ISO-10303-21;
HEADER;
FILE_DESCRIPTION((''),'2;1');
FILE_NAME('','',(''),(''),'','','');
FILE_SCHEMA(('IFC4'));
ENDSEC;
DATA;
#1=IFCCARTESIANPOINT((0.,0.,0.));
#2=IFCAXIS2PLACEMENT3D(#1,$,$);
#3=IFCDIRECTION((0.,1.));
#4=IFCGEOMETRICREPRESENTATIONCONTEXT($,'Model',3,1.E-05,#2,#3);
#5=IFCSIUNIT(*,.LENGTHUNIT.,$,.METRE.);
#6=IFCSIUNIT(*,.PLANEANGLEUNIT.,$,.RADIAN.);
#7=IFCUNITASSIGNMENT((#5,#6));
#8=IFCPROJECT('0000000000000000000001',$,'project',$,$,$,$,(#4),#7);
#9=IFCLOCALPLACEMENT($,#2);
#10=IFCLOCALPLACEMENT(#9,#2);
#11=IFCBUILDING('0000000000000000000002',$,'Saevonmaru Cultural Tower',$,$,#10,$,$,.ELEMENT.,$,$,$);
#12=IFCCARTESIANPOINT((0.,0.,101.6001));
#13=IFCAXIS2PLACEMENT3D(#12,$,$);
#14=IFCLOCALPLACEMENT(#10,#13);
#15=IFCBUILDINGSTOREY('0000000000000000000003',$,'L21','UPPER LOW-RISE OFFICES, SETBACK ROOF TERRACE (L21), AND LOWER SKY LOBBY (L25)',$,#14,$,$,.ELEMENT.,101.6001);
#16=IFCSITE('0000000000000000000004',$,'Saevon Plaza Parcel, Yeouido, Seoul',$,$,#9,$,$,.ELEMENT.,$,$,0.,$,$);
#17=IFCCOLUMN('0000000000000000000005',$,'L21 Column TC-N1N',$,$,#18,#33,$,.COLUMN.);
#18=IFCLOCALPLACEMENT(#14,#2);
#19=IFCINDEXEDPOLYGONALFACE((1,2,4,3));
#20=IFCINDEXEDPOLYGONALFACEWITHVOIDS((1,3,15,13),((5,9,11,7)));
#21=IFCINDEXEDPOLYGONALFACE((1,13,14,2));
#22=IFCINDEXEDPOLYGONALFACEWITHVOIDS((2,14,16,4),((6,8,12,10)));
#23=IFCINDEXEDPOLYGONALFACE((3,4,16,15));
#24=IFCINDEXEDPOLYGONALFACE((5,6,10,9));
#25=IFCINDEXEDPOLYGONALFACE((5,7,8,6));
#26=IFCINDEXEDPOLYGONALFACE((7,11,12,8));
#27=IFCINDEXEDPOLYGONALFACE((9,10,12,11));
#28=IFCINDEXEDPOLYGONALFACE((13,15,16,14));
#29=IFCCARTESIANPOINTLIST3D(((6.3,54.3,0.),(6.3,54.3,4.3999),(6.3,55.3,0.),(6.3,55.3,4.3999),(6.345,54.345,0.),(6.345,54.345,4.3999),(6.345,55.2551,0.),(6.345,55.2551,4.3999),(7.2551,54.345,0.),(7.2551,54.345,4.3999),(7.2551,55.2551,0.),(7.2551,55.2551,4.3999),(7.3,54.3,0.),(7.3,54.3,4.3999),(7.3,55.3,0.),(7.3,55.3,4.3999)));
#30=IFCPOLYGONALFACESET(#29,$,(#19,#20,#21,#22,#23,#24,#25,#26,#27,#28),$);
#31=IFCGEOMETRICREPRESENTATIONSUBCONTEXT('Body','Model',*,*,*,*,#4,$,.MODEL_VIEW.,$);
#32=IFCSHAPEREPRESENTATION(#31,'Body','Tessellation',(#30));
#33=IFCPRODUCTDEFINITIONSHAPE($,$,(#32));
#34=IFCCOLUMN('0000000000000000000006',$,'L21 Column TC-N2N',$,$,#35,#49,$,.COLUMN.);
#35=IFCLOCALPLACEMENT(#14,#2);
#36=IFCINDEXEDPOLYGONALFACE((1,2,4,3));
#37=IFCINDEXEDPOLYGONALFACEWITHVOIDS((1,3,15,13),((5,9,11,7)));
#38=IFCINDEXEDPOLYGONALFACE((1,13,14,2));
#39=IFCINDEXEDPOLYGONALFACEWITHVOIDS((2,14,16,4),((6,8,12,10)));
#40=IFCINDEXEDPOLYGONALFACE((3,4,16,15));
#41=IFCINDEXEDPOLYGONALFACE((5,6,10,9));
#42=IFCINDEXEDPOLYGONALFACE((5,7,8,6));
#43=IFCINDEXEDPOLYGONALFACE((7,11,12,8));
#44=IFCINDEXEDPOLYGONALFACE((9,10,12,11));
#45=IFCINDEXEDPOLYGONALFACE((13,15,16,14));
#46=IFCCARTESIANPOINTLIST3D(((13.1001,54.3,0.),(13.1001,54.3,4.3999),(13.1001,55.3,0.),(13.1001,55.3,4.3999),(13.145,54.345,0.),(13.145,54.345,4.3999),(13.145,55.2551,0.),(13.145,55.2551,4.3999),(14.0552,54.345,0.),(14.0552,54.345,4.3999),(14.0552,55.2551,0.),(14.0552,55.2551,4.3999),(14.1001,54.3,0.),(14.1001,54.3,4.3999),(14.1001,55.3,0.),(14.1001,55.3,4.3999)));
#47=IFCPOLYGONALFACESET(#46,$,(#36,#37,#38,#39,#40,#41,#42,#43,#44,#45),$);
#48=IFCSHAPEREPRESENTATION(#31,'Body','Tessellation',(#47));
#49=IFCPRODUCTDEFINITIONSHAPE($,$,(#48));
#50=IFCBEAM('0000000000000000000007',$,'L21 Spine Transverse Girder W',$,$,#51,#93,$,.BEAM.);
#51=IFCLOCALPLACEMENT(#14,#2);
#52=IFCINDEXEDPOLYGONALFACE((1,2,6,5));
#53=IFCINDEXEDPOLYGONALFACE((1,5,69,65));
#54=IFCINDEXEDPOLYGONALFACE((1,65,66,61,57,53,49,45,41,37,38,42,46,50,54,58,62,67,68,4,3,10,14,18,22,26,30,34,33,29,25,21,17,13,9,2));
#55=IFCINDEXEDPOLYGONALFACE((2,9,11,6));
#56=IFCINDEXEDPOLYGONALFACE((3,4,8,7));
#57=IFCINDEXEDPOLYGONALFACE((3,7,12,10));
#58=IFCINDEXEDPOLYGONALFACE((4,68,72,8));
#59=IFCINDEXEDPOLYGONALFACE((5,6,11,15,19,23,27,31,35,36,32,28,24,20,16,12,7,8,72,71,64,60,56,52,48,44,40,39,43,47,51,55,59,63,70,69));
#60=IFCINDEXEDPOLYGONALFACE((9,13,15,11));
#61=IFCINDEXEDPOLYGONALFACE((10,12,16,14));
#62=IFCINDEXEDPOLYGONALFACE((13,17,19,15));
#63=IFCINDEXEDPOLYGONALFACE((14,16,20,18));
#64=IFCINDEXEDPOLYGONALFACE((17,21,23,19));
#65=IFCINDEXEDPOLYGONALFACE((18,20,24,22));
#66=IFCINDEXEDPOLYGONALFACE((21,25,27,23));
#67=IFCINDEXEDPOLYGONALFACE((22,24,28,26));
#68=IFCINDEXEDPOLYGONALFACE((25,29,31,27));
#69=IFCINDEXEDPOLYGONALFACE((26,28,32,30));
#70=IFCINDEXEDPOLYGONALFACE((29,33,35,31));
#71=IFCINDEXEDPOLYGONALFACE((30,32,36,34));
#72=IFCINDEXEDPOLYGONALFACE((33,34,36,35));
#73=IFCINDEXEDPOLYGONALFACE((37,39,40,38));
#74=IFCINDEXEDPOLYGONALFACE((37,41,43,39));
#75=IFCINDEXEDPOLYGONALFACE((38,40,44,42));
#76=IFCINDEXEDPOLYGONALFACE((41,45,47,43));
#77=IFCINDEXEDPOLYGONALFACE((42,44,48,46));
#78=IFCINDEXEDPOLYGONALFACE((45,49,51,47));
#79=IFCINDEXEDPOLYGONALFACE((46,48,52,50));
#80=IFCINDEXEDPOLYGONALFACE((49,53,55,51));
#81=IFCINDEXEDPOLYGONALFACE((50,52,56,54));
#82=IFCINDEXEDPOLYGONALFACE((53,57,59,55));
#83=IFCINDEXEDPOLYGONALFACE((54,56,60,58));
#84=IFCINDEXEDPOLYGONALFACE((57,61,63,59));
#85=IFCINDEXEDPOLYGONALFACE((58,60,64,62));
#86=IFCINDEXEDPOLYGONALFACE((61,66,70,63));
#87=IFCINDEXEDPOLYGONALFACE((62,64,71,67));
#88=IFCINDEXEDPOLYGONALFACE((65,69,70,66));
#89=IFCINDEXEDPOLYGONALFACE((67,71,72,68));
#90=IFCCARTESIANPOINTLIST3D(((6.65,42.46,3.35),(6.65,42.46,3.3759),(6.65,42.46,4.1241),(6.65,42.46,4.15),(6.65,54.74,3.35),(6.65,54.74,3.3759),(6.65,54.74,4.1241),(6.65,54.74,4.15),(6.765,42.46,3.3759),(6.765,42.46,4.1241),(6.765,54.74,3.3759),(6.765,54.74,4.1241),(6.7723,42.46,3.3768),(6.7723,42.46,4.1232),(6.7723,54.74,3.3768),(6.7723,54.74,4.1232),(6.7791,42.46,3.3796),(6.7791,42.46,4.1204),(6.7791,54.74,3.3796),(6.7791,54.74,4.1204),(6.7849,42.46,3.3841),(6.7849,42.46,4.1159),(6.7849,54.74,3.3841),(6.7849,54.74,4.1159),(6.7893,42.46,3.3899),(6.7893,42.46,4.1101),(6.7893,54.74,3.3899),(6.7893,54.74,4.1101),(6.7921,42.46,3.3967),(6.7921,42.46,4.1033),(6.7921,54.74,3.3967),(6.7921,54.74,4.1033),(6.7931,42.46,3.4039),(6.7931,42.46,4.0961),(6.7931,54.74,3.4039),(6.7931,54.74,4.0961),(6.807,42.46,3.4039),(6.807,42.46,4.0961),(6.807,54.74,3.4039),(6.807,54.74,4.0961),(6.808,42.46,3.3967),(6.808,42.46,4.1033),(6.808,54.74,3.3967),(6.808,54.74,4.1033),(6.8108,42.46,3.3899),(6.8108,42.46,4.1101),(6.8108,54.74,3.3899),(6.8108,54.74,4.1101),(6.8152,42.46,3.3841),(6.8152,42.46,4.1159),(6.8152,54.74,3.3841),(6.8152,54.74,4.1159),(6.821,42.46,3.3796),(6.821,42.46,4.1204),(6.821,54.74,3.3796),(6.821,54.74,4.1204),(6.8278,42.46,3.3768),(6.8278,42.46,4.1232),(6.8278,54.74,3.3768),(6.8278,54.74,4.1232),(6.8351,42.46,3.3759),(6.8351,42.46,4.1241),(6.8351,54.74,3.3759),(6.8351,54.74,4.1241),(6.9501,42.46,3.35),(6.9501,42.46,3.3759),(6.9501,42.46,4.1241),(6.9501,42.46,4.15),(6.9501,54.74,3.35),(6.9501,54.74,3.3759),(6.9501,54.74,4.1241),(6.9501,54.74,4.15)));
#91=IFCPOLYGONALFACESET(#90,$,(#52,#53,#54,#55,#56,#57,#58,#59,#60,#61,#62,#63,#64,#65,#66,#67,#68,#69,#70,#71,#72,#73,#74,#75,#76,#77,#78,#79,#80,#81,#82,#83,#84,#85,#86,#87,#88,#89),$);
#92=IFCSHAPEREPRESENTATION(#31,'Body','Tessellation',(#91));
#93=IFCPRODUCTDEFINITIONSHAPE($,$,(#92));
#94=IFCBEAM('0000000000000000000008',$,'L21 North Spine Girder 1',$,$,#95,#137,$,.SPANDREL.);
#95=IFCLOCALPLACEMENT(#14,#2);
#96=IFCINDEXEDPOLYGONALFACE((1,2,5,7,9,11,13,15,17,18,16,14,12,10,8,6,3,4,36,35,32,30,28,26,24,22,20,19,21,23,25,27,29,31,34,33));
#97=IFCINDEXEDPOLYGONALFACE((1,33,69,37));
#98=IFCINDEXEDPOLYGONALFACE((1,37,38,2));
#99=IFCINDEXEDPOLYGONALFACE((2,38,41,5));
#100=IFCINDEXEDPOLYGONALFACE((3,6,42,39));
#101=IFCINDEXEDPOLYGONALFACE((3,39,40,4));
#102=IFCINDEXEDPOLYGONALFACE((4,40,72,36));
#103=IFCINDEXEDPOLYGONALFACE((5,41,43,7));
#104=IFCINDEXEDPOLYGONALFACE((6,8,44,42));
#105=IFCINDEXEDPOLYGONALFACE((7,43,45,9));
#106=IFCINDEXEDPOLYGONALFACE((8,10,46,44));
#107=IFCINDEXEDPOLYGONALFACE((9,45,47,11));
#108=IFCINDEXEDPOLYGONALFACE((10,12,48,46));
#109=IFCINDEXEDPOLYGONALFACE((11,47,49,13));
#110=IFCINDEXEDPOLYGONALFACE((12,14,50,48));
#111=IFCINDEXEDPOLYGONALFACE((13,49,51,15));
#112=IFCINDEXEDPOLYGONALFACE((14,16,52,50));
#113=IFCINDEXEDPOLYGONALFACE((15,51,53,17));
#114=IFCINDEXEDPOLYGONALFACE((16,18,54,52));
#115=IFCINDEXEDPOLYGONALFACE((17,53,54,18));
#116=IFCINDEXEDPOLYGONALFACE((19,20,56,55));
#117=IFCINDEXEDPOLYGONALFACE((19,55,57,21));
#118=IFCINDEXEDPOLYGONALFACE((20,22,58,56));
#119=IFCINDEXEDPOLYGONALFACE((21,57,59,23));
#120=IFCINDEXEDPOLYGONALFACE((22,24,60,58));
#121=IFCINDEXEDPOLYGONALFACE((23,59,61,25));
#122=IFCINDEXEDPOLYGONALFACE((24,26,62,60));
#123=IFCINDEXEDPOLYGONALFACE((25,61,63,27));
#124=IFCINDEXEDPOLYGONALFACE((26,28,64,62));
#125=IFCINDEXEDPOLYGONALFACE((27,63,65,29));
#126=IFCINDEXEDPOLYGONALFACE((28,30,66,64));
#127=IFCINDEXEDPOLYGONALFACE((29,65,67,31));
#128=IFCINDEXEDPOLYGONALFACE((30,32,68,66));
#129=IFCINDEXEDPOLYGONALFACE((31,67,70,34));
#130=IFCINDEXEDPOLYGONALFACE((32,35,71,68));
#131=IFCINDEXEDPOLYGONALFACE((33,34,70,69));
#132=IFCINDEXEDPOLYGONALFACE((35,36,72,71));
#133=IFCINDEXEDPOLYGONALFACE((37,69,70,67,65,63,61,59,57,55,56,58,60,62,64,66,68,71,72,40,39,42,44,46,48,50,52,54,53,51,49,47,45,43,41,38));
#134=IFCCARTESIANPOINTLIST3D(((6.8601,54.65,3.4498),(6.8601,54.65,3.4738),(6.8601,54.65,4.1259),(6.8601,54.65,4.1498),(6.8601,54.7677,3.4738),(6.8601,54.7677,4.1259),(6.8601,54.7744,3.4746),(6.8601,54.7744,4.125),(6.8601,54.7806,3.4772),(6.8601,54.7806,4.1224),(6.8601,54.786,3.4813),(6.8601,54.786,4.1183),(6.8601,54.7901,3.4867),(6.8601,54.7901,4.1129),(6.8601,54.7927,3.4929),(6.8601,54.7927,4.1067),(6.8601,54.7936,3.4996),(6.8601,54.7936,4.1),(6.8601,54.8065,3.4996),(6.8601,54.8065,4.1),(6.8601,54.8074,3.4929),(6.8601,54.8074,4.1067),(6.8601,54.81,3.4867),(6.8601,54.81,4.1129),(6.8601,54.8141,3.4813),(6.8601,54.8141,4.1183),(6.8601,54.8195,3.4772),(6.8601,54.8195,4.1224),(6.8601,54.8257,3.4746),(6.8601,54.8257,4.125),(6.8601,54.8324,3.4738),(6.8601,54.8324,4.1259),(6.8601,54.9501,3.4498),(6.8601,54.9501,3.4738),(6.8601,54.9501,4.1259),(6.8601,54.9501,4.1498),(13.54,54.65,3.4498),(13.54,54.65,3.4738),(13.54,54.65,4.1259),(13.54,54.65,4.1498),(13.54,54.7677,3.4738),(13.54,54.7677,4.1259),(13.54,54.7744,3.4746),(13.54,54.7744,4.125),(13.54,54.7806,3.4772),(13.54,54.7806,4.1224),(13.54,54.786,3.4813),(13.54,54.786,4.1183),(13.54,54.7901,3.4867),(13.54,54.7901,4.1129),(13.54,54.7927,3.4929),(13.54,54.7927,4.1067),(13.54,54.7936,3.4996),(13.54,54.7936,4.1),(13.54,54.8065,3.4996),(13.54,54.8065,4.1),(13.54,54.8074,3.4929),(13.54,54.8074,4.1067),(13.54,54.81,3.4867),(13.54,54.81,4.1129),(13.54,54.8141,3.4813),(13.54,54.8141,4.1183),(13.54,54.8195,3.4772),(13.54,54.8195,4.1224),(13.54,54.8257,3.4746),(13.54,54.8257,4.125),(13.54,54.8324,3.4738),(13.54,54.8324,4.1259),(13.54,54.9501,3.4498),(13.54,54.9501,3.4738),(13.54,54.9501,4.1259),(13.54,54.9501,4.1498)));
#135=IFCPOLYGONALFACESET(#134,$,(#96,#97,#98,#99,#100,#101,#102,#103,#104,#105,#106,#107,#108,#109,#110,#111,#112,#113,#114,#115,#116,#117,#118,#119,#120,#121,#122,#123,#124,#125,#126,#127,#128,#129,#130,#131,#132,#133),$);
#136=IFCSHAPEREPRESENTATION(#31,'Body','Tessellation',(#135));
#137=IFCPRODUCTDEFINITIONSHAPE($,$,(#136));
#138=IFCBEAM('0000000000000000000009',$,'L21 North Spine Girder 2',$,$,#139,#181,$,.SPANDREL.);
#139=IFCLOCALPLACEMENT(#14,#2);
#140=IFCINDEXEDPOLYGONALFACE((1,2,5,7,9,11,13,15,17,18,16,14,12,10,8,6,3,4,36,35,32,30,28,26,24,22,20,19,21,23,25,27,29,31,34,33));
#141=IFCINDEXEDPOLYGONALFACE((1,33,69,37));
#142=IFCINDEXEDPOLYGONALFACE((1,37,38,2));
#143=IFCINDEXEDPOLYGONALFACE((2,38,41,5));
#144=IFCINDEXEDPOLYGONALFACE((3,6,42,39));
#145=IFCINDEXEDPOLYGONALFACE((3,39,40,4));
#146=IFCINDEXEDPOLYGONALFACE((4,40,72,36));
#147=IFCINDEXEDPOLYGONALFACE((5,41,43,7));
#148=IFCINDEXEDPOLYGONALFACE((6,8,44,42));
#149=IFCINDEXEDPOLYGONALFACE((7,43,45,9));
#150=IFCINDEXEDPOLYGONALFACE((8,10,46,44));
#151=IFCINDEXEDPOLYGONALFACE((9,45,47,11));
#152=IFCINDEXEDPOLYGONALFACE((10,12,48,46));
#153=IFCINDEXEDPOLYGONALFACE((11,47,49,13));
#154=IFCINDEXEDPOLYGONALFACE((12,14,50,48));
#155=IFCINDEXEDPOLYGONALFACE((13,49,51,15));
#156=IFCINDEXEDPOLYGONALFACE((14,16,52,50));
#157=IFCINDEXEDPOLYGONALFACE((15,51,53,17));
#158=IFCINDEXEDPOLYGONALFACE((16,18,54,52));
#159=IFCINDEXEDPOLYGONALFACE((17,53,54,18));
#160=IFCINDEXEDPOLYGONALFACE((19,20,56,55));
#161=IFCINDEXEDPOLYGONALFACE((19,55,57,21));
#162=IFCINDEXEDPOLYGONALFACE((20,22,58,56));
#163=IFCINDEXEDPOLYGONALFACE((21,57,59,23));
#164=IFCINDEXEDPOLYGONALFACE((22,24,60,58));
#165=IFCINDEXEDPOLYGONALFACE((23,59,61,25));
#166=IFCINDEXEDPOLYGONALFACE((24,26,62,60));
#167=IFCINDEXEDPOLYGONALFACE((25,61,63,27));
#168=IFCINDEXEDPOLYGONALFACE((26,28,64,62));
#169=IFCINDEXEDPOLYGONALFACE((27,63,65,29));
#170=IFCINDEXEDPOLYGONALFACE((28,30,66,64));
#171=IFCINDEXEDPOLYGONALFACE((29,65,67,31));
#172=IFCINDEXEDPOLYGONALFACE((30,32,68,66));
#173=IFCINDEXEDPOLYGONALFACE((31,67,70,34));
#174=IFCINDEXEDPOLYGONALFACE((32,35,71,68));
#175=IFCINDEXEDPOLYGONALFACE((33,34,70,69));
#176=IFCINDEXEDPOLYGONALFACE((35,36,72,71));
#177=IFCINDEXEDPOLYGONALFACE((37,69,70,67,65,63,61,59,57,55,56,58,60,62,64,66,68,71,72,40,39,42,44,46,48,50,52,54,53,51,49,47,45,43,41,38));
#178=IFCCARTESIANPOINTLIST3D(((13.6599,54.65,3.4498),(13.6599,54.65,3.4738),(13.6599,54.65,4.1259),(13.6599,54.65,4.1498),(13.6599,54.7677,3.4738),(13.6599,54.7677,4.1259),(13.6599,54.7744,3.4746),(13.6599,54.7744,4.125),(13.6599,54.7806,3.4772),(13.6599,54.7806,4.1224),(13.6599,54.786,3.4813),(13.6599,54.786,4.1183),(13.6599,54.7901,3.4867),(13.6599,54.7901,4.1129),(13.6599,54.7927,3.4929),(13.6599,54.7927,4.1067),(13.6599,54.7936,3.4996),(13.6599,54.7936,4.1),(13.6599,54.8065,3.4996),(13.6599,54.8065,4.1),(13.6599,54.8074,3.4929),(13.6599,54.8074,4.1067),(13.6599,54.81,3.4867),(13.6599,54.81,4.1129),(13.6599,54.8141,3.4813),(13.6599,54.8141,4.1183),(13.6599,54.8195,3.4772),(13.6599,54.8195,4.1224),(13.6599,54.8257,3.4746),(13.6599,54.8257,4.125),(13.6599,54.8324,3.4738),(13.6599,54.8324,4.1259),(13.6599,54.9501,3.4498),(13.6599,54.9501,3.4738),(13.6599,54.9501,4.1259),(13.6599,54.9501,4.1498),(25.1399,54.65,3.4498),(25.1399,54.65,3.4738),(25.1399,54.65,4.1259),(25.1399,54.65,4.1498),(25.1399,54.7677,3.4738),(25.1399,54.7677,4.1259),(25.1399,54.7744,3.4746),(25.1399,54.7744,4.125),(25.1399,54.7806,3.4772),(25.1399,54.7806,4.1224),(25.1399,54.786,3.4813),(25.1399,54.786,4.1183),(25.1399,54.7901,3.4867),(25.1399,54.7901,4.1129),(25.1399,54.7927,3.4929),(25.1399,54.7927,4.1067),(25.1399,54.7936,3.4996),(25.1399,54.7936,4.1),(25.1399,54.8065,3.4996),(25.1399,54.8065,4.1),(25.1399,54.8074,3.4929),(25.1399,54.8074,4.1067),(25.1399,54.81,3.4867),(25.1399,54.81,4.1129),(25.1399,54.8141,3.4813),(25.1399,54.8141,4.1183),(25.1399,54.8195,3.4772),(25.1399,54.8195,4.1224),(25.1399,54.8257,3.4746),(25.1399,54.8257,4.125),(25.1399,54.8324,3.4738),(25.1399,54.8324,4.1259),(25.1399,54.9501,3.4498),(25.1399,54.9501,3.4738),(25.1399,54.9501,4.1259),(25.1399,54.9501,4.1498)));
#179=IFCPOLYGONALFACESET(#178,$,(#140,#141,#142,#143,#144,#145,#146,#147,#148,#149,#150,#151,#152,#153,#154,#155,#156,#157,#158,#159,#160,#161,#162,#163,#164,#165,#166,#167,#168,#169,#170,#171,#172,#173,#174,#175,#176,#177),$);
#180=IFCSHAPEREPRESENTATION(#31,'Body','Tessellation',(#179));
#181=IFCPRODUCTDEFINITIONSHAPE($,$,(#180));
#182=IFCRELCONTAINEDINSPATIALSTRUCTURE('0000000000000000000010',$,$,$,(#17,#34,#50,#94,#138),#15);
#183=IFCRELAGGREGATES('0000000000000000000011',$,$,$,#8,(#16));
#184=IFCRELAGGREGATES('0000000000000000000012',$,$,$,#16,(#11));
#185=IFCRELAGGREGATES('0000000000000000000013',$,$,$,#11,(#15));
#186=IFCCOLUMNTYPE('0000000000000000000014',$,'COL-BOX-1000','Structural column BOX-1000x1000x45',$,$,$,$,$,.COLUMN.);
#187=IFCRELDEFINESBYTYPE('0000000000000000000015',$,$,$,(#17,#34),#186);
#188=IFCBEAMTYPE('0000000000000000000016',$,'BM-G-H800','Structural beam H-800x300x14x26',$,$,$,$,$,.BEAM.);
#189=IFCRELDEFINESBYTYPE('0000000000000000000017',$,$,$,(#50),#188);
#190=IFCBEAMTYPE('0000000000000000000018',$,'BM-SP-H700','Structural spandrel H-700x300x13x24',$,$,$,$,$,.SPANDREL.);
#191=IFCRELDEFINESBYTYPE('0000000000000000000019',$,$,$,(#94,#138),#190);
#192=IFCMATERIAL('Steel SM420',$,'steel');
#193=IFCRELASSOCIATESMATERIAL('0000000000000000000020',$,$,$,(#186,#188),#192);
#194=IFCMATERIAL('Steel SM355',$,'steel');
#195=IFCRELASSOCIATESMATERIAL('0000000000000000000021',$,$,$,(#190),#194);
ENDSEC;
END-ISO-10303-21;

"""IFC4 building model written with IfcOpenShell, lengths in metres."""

from ifc_helpers import new_model, si_unit, direction, frame, origin, origin_2d, place, context, subcontext, project, spatial, hollow_rectangle, i_section, extrude, material, material_profile, profile_set, type_object, element, save


model = new_model("IFC4")

# Units and contexts
model_context = context("Model", 3, precision=1e-05, world=origin(), true_north=direction((0.0, 1.0)))
body_context = subcontext(model_context, "Body", "Model", "MODEL_VIEW")
ifc_project = project(units=[si_unit("LENGTHUNIT", "METRE"), si_unit("PLANEANGLEUNIT", "RADIAN")], contexts=[model_context])

# Site, building, storey
site_placement = place(None, origin())
site = spatial("IfcSite", under=ifc_project, at=site_placement, Name="Saevon Plaza Parcel, Yeouido, Seoul", CompositionType="ELEMENT", RefElevation=0.0)
building_placement = place(site_placement, origin())
building = spatial("IfcBuilding", under=site, at=building_placement, Name="Saevonmaru Cultural Tower", CompositionType="ELEMENT")
storey_placement = place(building_placement, frame((0.0, 0.0, 101.6001)))
storey = spatial("IfcBuildingStorey", under=building, at=storey_placement, Name="L21", Description="UPPER LOW-RISE OFFICES, SETBACK ROOF TERRACE (L21), AND LOWER SKY LOBBY (L25)", CompositionType="ELEMENT", Elevation=101.6001)

# Columns
ifc_material_1 = material(Name="Steel SM420", Category="steel")
ifc_material_profile_1 = material_profile(ifc_material_1, hollow_rectangle(XDim=1.0, YDim=1.0, WallThickness=0.0449, at=origin_2d()), Name="BOX-1000x1000x45")
ifc_profile_set_1 = profile_set([ifc_material_profile_1], Name="Steel SM420")
column_type = type_object("IfcColumnType", Name="COL-BOX-1000", Description="Structural column BOX-1000x1000x45", PredefinedType="COLUMN", material=ifc_profile_set_1)
for number, where, z_axis, x_axis, name in (
    (1, (6.8, 54.8, 0.0), (0.0, 0.0, 1.0), (1.0, 0.0, 0.0), "L21 Column TC-N1N"),
    (2, (13.6001, 54.8, 0.0), (0.0, 0.0, 1.0), (1.0, 0.0, 0.0), "L21 Column TC-N2N"),
):
    element("IfcColumn", number, at=place(storey_placement, frame(where, z_axis=z_axis, x_axis=x_axis)), inside=storey, type_object=column_type, Name=name, PredefinedType="COLUMN", context=body_context, shape_type="SweptSolid", body=[
        extrude(hollow_rectangle(XDim=1.0, YDim=1.0, WallThickness=0.0449, at=origin_2d()), origin(), (0.0, 0.0, 1.0), 4.3999),
    ])

# Beams
ifc_material_profile_2 = material_profile(ifc_material_1, i_section(OverallWidth=0.3, OverallDepth=0.8, WebThickness=0.0139, FlangeThickness=0.0259, FilletRadius=0.0281, at=origin_2d()), Name="H-800x300x14x26")
ifc_profile_set_2 = profile_set([ifc_material_profile_2], Name="Steel SM420")
beam_type_1 = type_object("IfcBeamType", Name="BM-G-H800", Description="Structural beam H-800x300x14x26", PredefinedType="BEAM", material=ifc_profile_set_2)
beam_1_placement = place(storey_placement, frame((6.8, 54.74, 3.75), z_axis=(0.0, -1.0, 0.0), x_axis=(1.0, 0.0, 0.0)))
element("IfcBeam", 3, at=beam_1_placement, inside=storey, type_object=beam_type_1, Name="L21 Spine Transverse Girder W", PredefinedType="BEAM", context=body_context, shape_type="SweptSolid", body=[
    extrude(i_section(OverallWidth=0.3, OverallDepth=0.8, WebThickness=0.0139, FlangeThickness=0.0259, FilletRadius=0.0281, at=origin_2d()), origin(), (0.0, 0.0, 1.0), 12.28),
])
ifc_material_2 = material(Name="Steel SM355", Category="steel")
ifc_material_profile_3 = material_profile(ifc_material_2, i_section(OverallWidth=0.3, OverallDepth=0.7, WebThickness=0.0129, FlangeThickness=0.0239, FilletRadius=0.0259, at=origin_2d()), Name="H-700x300x13x24")
ifc_profile_set_3 = profile_set([ifc_material_profile_3], Name="Steel SM355")
beam_type_2 = type_object("IfcBeamType", Name="BM-SP-H700", Description="Structural spandrel H-700x300x13x24", PredefinedType="SPANDREL", material=ifc_profile_set_3)
beam_2_placement = place(storey_placement, frame((6.8601, 54.8, 3.7998), z_axis=(1.0, 0.0, 0.0), x_axis=(0.0, 1.0, 0.0)))
element("IfcBeam", 4, at=beam_2_placement, inside=storey, type_object=beam_type_2, Name="L21 North Spine Girder 1", PredefinedType="SPANDREL", context=body_context, shape_type="SweptSolid", body=[
    extrude(i_section(OverallWidth=0.3, OverallDepth=0.7, WebThickness=0.0129, FlangeThickness=0.0239, FilletRadius=0.0259, at=origin_2d()), origin(), (0.0, 0.0, 1.0), 6.6799),
])
beam_3_placement = place(storey_placement, frame((13.6599, 54.8, 3.7998), z_axis=(1.0, 0.0, 0.0), x_axis=(0.0, 1.0, 0.0)))
element("IfcBeam", 5, at=beam_3_placement, inside=storey, type_object=beam_type_2, Name="L21 North Spine Girder 2", PredefinedType="SPANDREL", context=body_context, shape_type="SweptSolid", body=[
    extrude(i_section(OverallWidth=0.3, OverallDepth=0.7, WebThickness=0.0129, FlangeThickness=0.0239, FilletRadius=0.0259, at=origin_2d()), origin(), (0.0, 0.0, 1.0), 11.48),
])

save(model, "model.ifc")
